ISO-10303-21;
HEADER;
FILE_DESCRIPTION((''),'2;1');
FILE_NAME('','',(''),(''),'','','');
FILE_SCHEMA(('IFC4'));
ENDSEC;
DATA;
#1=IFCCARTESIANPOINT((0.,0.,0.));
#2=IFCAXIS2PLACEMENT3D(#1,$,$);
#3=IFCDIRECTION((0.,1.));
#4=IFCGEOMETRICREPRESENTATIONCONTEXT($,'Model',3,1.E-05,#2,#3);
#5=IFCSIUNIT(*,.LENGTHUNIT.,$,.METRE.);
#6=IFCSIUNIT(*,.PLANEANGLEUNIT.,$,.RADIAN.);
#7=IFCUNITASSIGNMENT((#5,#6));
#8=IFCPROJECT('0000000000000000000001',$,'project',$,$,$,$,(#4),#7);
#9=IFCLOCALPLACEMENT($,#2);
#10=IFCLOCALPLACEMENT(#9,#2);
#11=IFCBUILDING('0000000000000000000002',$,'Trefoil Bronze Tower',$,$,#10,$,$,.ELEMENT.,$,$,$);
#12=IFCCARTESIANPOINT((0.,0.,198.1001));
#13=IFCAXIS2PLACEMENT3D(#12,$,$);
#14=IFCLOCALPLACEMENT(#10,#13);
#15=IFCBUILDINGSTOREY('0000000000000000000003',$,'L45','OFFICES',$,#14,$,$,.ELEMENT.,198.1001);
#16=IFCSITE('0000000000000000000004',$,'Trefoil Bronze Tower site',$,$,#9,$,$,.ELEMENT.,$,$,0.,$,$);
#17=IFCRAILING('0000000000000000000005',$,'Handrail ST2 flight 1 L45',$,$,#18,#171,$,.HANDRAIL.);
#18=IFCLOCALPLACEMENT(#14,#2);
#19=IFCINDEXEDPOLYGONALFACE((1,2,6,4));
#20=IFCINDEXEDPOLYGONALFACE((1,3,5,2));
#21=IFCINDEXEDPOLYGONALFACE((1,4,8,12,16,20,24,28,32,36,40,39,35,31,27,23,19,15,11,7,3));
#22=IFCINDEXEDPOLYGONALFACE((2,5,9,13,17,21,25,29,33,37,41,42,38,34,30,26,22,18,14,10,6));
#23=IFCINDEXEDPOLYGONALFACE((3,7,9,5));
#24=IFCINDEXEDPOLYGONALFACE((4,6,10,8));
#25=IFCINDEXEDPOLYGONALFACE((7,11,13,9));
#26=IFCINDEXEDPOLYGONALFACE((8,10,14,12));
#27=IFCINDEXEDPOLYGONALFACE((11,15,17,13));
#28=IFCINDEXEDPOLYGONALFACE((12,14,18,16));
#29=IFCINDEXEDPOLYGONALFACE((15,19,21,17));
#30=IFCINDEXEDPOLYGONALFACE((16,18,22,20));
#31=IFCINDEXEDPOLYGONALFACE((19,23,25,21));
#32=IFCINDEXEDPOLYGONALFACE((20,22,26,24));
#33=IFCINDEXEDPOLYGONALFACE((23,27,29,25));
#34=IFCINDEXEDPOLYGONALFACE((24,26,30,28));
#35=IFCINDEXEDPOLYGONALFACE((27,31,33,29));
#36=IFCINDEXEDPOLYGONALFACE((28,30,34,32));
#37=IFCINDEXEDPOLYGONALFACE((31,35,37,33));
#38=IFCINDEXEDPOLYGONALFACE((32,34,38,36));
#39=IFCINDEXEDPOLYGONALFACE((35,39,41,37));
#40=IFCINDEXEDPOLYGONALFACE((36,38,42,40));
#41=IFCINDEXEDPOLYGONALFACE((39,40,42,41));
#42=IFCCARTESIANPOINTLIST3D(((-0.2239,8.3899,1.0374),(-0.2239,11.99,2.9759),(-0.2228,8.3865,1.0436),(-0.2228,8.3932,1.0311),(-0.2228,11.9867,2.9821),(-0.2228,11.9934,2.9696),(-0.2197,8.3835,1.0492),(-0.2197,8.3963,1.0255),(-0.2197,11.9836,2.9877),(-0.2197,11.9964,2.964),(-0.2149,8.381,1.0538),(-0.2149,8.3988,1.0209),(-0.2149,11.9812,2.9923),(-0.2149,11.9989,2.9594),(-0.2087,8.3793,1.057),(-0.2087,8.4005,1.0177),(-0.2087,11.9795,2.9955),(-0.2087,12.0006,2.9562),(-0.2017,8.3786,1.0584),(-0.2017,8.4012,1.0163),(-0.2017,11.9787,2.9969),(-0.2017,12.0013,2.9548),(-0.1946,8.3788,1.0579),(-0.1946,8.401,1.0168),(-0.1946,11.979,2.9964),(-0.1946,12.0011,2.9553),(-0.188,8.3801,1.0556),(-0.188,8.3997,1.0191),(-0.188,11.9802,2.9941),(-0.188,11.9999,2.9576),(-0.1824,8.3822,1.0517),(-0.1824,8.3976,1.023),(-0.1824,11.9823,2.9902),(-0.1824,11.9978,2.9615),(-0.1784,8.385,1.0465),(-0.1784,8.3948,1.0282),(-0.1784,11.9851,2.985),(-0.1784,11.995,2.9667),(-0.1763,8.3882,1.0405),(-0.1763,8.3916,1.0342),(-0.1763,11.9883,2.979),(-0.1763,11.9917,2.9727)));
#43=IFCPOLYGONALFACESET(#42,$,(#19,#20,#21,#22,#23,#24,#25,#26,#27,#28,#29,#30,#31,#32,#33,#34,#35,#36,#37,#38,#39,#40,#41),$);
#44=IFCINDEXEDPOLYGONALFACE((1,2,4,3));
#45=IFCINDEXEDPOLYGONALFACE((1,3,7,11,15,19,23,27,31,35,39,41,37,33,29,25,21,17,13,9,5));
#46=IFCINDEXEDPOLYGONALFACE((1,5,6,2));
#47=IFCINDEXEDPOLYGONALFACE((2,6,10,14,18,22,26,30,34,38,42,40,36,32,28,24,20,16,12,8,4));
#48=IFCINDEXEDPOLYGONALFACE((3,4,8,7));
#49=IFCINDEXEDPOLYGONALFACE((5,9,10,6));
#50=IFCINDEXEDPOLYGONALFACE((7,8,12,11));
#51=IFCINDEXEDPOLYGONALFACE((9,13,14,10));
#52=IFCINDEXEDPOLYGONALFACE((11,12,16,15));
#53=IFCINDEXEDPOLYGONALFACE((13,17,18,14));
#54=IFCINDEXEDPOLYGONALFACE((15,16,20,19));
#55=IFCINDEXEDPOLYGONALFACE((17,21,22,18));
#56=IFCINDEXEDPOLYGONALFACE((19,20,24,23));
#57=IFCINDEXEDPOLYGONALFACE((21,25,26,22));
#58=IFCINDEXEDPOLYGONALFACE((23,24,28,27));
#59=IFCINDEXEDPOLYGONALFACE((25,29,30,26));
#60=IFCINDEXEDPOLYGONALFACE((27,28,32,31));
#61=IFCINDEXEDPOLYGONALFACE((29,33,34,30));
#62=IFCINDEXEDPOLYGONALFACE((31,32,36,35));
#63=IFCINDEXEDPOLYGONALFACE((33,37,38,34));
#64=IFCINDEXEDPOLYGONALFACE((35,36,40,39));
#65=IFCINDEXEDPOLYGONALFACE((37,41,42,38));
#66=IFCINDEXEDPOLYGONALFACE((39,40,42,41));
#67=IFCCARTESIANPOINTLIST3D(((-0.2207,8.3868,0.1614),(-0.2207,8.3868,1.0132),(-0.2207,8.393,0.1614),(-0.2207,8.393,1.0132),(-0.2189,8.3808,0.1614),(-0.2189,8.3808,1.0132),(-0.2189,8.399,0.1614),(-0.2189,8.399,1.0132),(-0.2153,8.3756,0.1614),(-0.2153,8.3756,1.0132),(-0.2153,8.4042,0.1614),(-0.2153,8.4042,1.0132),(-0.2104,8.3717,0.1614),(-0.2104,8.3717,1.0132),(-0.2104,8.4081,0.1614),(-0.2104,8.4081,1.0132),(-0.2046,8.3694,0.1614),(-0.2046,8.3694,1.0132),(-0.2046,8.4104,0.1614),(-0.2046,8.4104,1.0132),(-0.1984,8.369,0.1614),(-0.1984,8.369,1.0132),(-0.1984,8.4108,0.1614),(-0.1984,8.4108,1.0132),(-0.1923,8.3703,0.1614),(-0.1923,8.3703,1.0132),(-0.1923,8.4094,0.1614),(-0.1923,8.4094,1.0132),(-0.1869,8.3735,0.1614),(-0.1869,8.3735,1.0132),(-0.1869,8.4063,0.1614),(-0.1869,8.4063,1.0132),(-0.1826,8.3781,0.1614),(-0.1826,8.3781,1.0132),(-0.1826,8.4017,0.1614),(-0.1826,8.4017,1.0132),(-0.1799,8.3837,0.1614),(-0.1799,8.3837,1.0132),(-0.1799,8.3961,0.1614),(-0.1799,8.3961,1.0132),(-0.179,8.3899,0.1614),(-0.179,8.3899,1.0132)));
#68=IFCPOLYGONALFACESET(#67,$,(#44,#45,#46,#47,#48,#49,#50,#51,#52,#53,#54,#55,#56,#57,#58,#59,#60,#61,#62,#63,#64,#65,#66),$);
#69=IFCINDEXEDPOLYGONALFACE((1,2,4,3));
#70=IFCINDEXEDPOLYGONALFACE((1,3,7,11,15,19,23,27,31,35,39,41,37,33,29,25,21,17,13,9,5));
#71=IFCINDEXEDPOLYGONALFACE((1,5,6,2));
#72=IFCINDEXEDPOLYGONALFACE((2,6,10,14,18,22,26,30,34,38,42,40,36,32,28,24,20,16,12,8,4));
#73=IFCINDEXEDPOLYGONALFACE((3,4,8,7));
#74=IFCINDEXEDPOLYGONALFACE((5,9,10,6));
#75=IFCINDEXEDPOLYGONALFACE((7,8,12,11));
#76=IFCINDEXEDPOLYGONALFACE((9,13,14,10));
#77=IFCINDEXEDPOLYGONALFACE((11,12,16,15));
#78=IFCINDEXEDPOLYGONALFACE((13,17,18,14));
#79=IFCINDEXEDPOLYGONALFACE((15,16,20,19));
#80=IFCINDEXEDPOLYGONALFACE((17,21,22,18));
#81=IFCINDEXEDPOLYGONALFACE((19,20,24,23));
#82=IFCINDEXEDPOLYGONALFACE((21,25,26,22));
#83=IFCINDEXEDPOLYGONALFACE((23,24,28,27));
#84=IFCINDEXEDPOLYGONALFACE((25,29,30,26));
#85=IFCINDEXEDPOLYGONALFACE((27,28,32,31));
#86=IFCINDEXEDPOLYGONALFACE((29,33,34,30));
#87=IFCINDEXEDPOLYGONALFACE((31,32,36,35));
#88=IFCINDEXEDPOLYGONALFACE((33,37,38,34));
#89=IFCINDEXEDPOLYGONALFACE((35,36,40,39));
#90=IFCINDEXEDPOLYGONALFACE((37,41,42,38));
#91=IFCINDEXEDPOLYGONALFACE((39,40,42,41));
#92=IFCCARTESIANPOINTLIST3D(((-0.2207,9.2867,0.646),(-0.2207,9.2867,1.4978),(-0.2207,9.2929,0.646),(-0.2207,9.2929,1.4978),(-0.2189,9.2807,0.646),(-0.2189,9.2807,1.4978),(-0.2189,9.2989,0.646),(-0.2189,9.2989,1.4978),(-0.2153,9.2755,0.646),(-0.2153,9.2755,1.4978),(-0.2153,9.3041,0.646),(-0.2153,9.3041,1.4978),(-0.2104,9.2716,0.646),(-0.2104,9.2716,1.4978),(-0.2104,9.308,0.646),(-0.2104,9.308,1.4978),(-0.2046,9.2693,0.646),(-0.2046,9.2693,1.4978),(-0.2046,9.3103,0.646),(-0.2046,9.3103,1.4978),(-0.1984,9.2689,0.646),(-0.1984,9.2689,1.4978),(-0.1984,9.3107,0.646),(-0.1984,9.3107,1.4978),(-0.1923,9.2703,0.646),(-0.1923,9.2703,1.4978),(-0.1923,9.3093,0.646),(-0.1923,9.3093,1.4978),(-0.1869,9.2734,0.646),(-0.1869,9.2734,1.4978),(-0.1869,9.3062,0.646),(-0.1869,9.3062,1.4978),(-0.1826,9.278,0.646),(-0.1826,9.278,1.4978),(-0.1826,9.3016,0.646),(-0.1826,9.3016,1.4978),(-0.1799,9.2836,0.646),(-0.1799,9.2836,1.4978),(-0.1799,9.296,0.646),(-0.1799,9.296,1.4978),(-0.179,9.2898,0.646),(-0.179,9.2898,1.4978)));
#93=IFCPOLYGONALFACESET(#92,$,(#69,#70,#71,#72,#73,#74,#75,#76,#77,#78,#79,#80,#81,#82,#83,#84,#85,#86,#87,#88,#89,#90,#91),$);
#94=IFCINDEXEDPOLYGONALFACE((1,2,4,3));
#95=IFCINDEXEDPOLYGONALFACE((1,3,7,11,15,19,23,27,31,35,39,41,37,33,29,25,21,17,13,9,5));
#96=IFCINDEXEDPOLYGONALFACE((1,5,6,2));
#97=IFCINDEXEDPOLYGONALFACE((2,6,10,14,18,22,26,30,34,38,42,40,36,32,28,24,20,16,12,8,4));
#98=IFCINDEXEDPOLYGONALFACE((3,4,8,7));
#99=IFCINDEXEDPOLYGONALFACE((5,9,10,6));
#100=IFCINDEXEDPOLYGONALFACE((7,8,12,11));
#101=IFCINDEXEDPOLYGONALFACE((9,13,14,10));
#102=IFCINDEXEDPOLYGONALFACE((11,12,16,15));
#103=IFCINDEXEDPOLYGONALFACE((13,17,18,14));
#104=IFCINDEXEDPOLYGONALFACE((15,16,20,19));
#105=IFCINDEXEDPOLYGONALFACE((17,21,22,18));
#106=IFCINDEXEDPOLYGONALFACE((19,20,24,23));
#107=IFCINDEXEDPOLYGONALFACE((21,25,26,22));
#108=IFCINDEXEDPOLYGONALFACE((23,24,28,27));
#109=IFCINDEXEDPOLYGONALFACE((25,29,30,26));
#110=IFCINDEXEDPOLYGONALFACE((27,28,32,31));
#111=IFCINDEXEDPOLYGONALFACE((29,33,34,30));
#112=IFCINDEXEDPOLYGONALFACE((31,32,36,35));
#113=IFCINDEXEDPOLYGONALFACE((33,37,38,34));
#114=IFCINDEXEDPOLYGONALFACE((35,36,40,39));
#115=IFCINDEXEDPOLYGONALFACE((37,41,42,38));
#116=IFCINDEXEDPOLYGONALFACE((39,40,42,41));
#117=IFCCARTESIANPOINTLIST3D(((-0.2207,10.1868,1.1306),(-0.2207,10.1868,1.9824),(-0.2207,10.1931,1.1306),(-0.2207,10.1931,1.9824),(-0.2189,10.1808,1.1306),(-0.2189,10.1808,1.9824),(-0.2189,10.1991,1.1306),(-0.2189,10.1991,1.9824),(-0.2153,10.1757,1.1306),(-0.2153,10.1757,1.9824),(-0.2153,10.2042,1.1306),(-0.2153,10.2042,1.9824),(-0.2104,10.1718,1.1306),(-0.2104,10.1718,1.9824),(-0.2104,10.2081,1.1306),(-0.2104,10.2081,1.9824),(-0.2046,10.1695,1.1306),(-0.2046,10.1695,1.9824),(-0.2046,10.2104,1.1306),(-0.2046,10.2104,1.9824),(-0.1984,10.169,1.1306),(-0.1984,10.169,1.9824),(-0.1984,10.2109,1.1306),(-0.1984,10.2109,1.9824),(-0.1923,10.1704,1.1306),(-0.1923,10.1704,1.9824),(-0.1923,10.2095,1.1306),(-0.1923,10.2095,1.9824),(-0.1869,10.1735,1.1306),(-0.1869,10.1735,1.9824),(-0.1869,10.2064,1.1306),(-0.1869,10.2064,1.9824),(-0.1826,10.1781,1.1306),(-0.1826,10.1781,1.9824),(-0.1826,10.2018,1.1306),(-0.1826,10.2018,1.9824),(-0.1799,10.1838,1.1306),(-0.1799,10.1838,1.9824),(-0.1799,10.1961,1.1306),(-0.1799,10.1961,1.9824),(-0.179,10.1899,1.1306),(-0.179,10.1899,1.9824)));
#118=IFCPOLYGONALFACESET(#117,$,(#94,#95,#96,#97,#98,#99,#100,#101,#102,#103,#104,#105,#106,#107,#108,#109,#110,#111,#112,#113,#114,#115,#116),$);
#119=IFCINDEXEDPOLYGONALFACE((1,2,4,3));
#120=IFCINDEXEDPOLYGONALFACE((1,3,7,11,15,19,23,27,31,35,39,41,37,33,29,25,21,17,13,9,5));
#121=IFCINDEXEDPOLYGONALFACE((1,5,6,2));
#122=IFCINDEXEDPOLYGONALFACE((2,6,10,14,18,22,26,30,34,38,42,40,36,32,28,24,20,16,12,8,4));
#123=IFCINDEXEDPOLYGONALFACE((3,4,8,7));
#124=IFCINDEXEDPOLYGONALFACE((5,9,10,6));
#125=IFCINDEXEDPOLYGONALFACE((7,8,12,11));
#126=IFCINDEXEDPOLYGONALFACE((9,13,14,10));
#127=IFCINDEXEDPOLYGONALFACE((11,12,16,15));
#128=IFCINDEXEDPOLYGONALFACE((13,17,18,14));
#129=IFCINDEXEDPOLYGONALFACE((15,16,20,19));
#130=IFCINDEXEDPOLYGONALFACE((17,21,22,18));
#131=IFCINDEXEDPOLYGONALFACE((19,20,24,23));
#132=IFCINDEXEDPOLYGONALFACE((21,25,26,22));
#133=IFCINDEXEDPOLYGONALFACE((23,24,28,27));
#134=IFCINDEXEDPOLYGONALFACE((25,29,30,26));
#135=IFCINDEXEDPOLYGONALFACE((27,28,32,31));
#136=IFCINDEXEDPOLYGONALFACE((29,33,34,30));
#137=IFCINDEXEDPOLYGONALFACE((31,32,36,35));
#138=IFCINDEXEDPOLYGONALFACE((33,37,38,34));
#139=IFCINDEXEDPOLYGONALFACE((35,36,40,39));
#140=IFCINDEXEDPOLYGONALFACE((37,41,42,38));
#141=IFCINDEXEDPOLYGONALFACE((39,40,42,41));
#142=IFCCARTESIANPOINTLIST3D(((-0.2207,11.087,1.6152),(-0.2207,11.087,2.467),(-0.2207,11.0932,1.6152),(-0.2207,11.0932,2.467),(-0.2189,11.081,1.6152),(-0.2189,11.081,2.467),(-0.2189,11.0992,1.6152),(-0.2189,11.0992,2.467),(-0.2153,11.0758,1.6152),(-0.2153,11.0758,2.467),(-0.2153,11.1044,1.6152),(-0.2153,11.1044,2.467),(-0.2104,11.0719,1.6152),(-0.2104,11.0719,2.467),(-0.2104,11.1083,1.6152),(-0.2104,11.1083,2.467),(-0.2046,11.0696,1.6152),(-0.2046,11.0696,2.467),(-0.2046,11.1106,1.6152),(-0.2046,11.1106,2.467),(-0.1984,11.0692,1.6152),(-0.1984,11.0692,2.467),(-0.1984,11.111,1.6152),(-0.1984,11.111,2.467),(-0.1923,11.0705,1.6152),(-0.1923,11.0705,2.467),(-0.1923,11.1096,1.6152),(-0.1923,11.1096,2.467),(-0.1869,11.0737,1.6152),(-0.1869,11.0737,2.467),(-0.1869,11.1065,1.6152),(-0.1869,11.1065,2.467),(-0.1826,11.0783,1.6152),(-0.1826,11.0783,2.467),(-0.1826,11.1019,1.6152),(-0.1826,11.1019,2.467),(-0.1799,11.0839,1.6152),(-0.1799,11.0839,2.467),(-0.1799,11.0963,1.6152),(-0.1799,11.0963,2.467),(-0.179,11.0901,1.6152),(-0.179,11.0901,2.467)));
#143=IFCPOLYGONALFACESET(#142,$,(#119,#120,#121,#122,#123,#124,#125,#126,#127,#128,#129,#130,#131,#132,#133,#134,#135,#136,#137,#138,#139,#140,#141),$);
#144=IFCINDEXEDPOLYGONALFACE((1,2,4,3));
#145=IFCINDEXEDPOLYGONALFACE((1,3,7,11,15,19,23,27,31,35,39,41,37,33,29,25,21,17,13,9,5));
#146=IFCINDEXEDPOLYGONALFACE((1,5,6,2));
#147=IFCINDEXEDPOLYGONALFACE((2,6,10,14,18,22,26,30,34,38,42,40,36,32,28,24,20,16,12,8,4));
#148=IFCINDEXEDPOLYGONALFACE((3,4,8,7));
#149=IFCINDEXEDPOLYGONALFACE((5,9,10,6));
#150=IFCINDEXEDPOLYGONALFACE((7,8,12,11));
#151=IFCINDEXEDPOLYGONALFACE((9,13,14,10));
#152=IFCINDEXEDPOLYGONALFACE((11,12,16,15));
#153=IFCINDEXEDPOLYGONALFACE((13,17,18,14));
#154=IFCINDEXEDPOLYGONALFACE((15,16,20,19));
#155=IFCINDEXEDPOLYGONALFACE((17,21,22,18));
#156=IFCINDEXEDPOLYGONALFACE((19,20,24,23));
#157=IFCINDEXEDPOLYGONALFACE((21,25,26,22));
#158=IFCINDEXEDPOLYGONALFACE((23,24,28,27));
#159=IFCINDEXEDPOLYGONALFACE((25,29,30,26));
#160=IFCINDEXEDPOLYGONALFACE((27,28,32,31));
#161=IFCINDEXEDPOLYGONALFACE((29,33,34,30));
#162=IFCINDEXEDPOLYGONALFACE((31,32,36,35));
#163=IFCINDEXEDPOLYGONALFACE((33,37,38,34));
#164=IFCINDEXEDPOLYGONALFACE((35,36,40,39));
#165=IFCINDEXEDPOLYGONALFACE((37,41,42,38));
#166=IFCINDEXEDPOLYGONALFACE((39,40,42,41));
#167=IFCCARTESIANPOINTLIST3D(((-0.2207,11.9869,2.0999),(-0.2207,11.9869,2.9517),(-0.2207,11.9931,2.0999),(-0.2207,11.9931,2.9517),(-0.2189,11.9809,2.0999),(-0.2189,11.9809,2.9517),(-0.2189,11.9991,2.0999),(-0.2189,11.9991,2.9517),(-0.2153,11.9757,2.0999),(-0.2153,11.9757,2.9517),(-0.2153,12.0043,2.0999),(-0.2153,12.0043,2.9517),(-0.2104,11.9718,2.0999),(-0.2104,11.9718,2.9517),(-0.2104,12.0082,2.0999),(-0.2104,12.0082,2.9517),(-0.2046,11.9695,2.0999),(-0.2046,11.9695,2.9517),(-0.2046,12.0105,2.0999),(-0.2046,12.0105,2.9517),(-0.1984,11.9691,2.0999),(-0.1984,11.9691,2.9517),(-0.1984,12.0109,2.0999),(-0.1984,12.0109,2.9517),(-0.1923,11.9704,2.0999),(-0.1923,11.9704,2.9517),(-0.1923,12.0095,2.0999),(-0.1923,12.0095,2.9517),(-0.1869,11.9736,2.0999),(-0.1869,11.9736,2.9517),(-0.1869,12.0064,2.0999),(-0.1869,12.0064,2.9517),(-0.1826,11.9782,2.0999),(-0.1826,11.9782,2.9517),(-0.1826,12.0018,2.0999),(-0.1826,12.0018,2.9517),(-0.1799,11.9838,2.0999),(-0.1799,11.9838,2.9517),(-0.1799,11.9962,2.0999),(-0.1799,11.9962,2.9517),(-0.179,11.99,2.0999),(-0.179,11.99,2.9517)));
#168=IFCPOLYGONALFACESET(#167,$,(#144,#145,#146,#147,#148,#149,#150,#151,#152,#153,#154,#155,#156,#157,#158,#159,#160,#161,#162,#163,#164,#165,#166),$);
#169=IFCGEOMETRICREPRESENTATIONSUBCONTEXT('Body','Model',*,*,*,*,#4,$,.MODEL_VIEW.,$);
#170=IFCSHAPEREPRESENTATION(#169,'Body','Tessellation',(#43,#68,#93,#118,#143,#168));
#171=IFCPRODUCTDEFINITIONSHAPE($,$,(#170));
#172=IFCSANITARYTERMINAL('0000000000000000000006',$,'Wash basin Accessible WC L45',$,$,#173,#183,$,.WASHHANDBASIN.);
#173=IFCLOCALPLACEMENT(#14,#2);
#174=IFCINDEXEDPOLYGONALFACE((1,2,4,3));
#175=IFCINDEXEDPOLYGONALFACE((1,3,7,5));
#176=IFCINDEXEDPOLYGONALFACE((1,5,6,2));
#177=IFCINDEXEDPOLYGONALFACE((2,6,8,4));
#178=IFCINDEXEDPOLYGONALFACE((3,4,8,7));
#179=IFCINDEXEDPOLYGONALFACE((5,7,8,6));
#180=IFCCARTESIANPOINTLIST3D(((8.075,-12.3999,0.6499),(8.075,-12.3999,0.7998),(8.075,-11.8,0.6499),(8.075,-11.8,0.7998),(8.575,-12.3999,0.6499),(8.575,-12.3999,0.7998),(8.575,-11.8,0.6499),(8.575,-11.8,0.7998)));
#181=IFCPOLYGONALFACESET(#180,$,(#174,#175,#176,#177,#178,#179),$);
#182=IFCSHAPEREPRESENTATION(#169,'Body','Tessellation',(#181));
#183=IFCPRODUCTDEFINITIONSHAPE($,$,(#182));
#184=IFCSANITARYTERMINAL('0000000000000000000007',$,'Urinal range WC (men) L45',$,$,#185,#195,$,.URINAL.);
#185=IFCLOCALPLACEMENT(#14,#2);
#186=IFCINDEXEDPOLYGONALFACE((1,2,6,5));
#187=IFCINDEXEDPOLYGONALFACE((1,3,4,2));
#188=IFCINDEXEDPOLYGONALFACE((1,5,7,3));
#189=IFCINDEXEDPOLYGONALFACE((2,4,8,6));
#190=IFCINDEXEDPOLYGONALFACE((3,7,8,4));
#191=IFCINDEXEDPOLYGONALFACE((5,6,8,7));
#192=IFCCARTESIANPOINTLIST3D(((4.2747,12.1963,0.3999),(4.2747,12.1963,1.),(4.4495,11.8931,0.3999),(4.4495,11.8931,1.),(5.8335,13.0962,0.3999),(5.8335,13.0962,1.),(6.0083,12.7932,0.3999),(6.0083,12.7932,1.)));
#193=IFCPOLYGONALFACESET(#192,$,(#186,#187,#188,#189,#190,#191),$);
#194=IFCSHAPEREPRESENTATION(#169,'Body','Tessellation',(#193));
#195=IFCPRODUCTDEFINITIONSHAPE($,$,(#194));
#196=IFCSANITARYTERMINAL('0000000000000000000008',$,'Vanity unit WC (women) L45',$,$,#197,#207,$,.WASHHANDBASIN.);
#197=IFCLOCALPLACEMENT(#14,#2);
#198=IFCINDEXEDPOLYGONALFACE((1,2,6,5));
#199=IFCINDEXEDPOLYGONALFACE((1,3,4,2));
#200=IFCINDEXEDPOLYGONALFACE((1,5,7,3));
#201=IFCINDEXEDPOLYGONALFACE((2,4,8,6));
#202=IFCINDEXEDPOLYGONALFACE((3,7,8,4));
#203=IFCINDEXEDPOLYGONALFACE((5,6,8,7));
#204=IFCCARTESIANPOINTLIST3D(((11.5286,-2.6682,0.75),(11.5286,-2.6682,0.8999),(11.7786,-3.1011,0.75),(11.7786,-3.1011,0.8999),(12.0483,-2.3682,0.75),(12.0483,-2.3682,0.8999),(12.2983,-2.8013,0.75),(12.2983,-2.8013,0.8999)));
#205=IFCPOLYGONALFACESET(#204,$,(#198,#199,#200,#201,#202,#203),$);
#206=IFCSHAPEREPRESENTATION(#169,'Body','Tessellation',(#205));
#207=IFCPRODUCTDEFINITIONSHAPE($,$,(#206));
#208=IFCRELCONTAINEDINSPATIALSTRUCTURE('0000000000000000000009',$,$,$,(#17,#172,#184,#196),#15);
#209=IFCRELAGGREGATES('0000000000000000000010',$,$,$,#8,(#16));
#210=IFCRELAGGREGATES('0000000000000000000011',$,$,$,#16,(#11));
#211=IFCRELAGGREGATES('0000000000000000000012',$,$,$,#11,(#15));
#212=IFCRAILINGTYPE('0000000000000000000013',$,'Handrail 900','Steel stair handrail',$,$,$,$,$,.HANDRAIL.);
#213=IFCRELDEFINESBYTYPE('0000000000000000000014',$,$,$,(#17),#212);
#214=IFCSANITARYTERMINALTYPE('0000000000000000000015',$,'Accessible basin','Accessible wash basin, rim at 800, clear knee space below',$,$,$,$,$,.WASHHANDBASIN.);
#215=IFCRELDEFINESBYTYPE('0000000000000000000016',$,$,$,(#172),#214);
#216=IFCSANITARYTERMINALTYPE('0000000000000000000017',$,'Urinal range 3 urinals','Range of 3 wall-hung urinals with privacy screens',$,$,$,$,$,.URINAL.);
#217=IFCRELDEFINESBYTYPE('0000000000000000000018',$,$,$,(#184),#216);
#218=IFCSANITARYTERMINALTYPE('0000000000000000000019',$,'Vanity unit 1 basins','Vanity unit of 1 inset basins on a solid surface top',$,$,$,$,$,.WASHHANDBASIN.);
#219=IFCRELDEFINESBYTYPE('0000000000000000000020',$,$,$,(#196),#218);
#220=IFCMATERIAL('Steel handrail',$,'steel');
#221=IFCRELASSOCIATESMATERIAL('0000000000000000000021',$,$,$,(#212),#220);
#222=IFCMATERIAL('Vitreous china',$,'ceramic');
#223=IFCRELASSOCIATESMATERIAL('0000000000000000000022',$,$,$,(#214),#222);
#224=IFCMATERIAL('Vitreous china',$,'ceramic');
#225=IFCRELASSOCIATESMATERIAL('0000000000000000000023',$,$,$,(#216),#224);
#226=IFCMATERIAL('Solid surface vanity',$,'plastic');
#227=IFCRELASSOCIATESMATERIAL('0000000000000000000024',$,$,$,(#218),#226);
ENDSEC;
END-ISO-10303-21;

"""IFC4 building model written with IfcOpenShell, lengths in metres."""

from ifc_helpers import new_model, si_unit, direction, frame, origin, origin_2d, place, context, subcontext, project, spatial, polyline, circle, outline, extrude, material, type_object, element, save


model = new_model("IFC4")

# Units and contexts
model_context = context("Model", 3, precision=1e-05, world=origin(), true_north=direction((0.0, 1.0)))
body_context = subcontext(model_context, "Body", "Model", "MODEL_VIEW")
ifc_project = project(units=[si_unit("LENGTHUNIT", "METRE"), si_unit("PLANEANGLEUNIT", "RADIAN")], contexts=[model_context])

# Site, building, storey
site_placement = place(None, origin())
site = spatial("IfcSite", under=ifc_project, at=site_placement, Name="Trefoil Bronze Tower site", CompositionType="ELEMENT", RefElevation=0.0)
building_placement = place(site_placement, origin())
building = spatial("IfcBuilding", under=site, at=building_placement, Name="Trefoil Bronze Tower", CompositionType="ELEMENT")
storey_placement = place(building_placement, frame((0.0, 0.0, 198.1001)))
storey = spatial("IfcBuildingStorey", under=building, at=storey_placement, Name="L45", Description="OFFICES", CompositionType="ELEMENT", Elevation=198.1001)

# Railing
ifc_material_1 = material(Name="Steel handrail", Category="steel")
railing_type = type_object("IfcRailingType", Name="Handrail 900", Description="Steel stair handrail", PredefinedType="HANDRAIL", material=ifc_material_1)
railing_placement = place(storey_placement, frame((-0.2, 8.3899, 0.1614)))
element("IfcRailing", 1, at=railing_placement, inside=storey, type_object=railing_type, Name="Handrail ST2 flight 1 L45", PredefinedType="HANDRAIL", context=body_context, shape_type="SweptSolid", body=[
    extrude(circle(Radius=0.0239, at=origin_2d()), frame((0.0, 0.0, 0.876), z_axis=(0.0, 0.880475, 0.474093), x_axis=(-1.0, 0.0, 0.0)), (0.0, 0.0, 1.0), 4.0889),
    extrude(circle(Radius=0.021, at=origin_2d()), origin(), (0.0, 0.0, 1.0), 0.8518),
    extrude(circle(Radius=0.021, at=origin_2d()), frame((0.0, 0.8999, 0.4846)), (0.0, 0.0, 1.0), 0.8518),
    extrude(circle(Radius=0.021, at=origin_2d()), frame((0.0, 1.8, 0.9692)), (0.0, 0.0, 1.0), 0.8518),
    extrude(circle(Radius=0.021, at=origin_2d()), frame((0.0, 2.7002, 1.4539)), (0.0, 0.0, 1.0), 0.8518),
    extrude(circle(Radius=0.021, at=origin_2d()), frame((0.0, 3.6001, 1.9385)), (0.0, 0.0, 1.0), 0.8518),
])

# Sanitary terminals
ifc_material_2 = material(Name="Vitreous china", Category="ceramic")
sanitary_terminal_type_1 = type_object("IfcSanitaryTerminalType", Name="Accessible basin", Description="Accessible wash basin, rim at 800, clear knee space below", PredefinedType="WASHHANDBASIN", material=ifc_material_2)
sanitary_terminal_1_placement = place(storey_placement, frame((0.0, 0.0, 0.6499)))
element("IfcSanitaryTerminal", 2, at=sanitary_terminal_1_placement, inside=storey, type_object=sanitary_terminal_type_1, Name="Wash basin Accessible WC L45", PredefinedType="WASHHANDBASIN", context=body_context, shape_type="SweptSolid", body=[
    extrude(outline(polyline([(8.075, -11.8), (8.575, -11.8), (8.575, -12.3999), (8.075, -12.3999), (8.075, -11.8)])), origin(), (0.0, 0.0, 1.0), 0.1499),
])
ifc_material_3 = material(Name="Vitreous china", Category="ceramic")
sanitary_terminal_type_2 = type_object("IfcSanitaryTerminalType", Name="Urinal range 3 urinals", Description="Range of 3 wall-hung urinals with privacy screens", PredefinedType="URINAL", material=ifc_material_3)
sanitary_terminal_2_placement = place(storey_placement, frame((0.0, 0.0, 0.3999)))
element("IfcSanitaryTerminal", 3, at=sanitary_terminal_2_placement, inside=storey, type_object=sanitary_terminal_type_2, Name="Urinal range WC (men) L45", PredefinedType="URINAL", context=body_context, shape_type="SweptSolid", body=[
    extrude(outline(polyline([(4.4495, 11.8931), (4.2747, 12.1963), (5.8335, 13.0962), (6.0083, 12.7932), (4.4495, 11.8931)])), origin(), (0.0, 0.0, 1.0), 0.6001),
])
ifc_material_4 = material(Name="Solid surface vanity", Category="plastic")
sanitary_terminal_type_3 = type_object("IfcSanitaryTerminalType", Name="Vanity unit 1 basins", Description="Vanity unit of 1 inset basins on a solid surface top", PredefinedType="WASHHANDBASIN", material=ifc_material_4)
sanitary_terminal_3_placement = place(storey_placement, frame((0.0, 0.0, 0.75)))
element("IfcSanitaryTerminal", 4, at=sanitary_terminal_3_placement, inside=storey, type_object=sanitary_terminal_type_3, Name="Vanity unit WC (women) L45", PredefinedType="WASHHANDBASIN", context=body_context, shape_type="SweptSolid", body=[
    extrude(outline(polyline([(11.5286, -2.6682), (11.7786, -3.1011), (12.2983, -2.8013), (12.0483, -2.3682), (11.5286, -2.6682)])), origin(), (0.0, 0.0, 1.0), 0.1499),
])

save(model, "model.ifc")
